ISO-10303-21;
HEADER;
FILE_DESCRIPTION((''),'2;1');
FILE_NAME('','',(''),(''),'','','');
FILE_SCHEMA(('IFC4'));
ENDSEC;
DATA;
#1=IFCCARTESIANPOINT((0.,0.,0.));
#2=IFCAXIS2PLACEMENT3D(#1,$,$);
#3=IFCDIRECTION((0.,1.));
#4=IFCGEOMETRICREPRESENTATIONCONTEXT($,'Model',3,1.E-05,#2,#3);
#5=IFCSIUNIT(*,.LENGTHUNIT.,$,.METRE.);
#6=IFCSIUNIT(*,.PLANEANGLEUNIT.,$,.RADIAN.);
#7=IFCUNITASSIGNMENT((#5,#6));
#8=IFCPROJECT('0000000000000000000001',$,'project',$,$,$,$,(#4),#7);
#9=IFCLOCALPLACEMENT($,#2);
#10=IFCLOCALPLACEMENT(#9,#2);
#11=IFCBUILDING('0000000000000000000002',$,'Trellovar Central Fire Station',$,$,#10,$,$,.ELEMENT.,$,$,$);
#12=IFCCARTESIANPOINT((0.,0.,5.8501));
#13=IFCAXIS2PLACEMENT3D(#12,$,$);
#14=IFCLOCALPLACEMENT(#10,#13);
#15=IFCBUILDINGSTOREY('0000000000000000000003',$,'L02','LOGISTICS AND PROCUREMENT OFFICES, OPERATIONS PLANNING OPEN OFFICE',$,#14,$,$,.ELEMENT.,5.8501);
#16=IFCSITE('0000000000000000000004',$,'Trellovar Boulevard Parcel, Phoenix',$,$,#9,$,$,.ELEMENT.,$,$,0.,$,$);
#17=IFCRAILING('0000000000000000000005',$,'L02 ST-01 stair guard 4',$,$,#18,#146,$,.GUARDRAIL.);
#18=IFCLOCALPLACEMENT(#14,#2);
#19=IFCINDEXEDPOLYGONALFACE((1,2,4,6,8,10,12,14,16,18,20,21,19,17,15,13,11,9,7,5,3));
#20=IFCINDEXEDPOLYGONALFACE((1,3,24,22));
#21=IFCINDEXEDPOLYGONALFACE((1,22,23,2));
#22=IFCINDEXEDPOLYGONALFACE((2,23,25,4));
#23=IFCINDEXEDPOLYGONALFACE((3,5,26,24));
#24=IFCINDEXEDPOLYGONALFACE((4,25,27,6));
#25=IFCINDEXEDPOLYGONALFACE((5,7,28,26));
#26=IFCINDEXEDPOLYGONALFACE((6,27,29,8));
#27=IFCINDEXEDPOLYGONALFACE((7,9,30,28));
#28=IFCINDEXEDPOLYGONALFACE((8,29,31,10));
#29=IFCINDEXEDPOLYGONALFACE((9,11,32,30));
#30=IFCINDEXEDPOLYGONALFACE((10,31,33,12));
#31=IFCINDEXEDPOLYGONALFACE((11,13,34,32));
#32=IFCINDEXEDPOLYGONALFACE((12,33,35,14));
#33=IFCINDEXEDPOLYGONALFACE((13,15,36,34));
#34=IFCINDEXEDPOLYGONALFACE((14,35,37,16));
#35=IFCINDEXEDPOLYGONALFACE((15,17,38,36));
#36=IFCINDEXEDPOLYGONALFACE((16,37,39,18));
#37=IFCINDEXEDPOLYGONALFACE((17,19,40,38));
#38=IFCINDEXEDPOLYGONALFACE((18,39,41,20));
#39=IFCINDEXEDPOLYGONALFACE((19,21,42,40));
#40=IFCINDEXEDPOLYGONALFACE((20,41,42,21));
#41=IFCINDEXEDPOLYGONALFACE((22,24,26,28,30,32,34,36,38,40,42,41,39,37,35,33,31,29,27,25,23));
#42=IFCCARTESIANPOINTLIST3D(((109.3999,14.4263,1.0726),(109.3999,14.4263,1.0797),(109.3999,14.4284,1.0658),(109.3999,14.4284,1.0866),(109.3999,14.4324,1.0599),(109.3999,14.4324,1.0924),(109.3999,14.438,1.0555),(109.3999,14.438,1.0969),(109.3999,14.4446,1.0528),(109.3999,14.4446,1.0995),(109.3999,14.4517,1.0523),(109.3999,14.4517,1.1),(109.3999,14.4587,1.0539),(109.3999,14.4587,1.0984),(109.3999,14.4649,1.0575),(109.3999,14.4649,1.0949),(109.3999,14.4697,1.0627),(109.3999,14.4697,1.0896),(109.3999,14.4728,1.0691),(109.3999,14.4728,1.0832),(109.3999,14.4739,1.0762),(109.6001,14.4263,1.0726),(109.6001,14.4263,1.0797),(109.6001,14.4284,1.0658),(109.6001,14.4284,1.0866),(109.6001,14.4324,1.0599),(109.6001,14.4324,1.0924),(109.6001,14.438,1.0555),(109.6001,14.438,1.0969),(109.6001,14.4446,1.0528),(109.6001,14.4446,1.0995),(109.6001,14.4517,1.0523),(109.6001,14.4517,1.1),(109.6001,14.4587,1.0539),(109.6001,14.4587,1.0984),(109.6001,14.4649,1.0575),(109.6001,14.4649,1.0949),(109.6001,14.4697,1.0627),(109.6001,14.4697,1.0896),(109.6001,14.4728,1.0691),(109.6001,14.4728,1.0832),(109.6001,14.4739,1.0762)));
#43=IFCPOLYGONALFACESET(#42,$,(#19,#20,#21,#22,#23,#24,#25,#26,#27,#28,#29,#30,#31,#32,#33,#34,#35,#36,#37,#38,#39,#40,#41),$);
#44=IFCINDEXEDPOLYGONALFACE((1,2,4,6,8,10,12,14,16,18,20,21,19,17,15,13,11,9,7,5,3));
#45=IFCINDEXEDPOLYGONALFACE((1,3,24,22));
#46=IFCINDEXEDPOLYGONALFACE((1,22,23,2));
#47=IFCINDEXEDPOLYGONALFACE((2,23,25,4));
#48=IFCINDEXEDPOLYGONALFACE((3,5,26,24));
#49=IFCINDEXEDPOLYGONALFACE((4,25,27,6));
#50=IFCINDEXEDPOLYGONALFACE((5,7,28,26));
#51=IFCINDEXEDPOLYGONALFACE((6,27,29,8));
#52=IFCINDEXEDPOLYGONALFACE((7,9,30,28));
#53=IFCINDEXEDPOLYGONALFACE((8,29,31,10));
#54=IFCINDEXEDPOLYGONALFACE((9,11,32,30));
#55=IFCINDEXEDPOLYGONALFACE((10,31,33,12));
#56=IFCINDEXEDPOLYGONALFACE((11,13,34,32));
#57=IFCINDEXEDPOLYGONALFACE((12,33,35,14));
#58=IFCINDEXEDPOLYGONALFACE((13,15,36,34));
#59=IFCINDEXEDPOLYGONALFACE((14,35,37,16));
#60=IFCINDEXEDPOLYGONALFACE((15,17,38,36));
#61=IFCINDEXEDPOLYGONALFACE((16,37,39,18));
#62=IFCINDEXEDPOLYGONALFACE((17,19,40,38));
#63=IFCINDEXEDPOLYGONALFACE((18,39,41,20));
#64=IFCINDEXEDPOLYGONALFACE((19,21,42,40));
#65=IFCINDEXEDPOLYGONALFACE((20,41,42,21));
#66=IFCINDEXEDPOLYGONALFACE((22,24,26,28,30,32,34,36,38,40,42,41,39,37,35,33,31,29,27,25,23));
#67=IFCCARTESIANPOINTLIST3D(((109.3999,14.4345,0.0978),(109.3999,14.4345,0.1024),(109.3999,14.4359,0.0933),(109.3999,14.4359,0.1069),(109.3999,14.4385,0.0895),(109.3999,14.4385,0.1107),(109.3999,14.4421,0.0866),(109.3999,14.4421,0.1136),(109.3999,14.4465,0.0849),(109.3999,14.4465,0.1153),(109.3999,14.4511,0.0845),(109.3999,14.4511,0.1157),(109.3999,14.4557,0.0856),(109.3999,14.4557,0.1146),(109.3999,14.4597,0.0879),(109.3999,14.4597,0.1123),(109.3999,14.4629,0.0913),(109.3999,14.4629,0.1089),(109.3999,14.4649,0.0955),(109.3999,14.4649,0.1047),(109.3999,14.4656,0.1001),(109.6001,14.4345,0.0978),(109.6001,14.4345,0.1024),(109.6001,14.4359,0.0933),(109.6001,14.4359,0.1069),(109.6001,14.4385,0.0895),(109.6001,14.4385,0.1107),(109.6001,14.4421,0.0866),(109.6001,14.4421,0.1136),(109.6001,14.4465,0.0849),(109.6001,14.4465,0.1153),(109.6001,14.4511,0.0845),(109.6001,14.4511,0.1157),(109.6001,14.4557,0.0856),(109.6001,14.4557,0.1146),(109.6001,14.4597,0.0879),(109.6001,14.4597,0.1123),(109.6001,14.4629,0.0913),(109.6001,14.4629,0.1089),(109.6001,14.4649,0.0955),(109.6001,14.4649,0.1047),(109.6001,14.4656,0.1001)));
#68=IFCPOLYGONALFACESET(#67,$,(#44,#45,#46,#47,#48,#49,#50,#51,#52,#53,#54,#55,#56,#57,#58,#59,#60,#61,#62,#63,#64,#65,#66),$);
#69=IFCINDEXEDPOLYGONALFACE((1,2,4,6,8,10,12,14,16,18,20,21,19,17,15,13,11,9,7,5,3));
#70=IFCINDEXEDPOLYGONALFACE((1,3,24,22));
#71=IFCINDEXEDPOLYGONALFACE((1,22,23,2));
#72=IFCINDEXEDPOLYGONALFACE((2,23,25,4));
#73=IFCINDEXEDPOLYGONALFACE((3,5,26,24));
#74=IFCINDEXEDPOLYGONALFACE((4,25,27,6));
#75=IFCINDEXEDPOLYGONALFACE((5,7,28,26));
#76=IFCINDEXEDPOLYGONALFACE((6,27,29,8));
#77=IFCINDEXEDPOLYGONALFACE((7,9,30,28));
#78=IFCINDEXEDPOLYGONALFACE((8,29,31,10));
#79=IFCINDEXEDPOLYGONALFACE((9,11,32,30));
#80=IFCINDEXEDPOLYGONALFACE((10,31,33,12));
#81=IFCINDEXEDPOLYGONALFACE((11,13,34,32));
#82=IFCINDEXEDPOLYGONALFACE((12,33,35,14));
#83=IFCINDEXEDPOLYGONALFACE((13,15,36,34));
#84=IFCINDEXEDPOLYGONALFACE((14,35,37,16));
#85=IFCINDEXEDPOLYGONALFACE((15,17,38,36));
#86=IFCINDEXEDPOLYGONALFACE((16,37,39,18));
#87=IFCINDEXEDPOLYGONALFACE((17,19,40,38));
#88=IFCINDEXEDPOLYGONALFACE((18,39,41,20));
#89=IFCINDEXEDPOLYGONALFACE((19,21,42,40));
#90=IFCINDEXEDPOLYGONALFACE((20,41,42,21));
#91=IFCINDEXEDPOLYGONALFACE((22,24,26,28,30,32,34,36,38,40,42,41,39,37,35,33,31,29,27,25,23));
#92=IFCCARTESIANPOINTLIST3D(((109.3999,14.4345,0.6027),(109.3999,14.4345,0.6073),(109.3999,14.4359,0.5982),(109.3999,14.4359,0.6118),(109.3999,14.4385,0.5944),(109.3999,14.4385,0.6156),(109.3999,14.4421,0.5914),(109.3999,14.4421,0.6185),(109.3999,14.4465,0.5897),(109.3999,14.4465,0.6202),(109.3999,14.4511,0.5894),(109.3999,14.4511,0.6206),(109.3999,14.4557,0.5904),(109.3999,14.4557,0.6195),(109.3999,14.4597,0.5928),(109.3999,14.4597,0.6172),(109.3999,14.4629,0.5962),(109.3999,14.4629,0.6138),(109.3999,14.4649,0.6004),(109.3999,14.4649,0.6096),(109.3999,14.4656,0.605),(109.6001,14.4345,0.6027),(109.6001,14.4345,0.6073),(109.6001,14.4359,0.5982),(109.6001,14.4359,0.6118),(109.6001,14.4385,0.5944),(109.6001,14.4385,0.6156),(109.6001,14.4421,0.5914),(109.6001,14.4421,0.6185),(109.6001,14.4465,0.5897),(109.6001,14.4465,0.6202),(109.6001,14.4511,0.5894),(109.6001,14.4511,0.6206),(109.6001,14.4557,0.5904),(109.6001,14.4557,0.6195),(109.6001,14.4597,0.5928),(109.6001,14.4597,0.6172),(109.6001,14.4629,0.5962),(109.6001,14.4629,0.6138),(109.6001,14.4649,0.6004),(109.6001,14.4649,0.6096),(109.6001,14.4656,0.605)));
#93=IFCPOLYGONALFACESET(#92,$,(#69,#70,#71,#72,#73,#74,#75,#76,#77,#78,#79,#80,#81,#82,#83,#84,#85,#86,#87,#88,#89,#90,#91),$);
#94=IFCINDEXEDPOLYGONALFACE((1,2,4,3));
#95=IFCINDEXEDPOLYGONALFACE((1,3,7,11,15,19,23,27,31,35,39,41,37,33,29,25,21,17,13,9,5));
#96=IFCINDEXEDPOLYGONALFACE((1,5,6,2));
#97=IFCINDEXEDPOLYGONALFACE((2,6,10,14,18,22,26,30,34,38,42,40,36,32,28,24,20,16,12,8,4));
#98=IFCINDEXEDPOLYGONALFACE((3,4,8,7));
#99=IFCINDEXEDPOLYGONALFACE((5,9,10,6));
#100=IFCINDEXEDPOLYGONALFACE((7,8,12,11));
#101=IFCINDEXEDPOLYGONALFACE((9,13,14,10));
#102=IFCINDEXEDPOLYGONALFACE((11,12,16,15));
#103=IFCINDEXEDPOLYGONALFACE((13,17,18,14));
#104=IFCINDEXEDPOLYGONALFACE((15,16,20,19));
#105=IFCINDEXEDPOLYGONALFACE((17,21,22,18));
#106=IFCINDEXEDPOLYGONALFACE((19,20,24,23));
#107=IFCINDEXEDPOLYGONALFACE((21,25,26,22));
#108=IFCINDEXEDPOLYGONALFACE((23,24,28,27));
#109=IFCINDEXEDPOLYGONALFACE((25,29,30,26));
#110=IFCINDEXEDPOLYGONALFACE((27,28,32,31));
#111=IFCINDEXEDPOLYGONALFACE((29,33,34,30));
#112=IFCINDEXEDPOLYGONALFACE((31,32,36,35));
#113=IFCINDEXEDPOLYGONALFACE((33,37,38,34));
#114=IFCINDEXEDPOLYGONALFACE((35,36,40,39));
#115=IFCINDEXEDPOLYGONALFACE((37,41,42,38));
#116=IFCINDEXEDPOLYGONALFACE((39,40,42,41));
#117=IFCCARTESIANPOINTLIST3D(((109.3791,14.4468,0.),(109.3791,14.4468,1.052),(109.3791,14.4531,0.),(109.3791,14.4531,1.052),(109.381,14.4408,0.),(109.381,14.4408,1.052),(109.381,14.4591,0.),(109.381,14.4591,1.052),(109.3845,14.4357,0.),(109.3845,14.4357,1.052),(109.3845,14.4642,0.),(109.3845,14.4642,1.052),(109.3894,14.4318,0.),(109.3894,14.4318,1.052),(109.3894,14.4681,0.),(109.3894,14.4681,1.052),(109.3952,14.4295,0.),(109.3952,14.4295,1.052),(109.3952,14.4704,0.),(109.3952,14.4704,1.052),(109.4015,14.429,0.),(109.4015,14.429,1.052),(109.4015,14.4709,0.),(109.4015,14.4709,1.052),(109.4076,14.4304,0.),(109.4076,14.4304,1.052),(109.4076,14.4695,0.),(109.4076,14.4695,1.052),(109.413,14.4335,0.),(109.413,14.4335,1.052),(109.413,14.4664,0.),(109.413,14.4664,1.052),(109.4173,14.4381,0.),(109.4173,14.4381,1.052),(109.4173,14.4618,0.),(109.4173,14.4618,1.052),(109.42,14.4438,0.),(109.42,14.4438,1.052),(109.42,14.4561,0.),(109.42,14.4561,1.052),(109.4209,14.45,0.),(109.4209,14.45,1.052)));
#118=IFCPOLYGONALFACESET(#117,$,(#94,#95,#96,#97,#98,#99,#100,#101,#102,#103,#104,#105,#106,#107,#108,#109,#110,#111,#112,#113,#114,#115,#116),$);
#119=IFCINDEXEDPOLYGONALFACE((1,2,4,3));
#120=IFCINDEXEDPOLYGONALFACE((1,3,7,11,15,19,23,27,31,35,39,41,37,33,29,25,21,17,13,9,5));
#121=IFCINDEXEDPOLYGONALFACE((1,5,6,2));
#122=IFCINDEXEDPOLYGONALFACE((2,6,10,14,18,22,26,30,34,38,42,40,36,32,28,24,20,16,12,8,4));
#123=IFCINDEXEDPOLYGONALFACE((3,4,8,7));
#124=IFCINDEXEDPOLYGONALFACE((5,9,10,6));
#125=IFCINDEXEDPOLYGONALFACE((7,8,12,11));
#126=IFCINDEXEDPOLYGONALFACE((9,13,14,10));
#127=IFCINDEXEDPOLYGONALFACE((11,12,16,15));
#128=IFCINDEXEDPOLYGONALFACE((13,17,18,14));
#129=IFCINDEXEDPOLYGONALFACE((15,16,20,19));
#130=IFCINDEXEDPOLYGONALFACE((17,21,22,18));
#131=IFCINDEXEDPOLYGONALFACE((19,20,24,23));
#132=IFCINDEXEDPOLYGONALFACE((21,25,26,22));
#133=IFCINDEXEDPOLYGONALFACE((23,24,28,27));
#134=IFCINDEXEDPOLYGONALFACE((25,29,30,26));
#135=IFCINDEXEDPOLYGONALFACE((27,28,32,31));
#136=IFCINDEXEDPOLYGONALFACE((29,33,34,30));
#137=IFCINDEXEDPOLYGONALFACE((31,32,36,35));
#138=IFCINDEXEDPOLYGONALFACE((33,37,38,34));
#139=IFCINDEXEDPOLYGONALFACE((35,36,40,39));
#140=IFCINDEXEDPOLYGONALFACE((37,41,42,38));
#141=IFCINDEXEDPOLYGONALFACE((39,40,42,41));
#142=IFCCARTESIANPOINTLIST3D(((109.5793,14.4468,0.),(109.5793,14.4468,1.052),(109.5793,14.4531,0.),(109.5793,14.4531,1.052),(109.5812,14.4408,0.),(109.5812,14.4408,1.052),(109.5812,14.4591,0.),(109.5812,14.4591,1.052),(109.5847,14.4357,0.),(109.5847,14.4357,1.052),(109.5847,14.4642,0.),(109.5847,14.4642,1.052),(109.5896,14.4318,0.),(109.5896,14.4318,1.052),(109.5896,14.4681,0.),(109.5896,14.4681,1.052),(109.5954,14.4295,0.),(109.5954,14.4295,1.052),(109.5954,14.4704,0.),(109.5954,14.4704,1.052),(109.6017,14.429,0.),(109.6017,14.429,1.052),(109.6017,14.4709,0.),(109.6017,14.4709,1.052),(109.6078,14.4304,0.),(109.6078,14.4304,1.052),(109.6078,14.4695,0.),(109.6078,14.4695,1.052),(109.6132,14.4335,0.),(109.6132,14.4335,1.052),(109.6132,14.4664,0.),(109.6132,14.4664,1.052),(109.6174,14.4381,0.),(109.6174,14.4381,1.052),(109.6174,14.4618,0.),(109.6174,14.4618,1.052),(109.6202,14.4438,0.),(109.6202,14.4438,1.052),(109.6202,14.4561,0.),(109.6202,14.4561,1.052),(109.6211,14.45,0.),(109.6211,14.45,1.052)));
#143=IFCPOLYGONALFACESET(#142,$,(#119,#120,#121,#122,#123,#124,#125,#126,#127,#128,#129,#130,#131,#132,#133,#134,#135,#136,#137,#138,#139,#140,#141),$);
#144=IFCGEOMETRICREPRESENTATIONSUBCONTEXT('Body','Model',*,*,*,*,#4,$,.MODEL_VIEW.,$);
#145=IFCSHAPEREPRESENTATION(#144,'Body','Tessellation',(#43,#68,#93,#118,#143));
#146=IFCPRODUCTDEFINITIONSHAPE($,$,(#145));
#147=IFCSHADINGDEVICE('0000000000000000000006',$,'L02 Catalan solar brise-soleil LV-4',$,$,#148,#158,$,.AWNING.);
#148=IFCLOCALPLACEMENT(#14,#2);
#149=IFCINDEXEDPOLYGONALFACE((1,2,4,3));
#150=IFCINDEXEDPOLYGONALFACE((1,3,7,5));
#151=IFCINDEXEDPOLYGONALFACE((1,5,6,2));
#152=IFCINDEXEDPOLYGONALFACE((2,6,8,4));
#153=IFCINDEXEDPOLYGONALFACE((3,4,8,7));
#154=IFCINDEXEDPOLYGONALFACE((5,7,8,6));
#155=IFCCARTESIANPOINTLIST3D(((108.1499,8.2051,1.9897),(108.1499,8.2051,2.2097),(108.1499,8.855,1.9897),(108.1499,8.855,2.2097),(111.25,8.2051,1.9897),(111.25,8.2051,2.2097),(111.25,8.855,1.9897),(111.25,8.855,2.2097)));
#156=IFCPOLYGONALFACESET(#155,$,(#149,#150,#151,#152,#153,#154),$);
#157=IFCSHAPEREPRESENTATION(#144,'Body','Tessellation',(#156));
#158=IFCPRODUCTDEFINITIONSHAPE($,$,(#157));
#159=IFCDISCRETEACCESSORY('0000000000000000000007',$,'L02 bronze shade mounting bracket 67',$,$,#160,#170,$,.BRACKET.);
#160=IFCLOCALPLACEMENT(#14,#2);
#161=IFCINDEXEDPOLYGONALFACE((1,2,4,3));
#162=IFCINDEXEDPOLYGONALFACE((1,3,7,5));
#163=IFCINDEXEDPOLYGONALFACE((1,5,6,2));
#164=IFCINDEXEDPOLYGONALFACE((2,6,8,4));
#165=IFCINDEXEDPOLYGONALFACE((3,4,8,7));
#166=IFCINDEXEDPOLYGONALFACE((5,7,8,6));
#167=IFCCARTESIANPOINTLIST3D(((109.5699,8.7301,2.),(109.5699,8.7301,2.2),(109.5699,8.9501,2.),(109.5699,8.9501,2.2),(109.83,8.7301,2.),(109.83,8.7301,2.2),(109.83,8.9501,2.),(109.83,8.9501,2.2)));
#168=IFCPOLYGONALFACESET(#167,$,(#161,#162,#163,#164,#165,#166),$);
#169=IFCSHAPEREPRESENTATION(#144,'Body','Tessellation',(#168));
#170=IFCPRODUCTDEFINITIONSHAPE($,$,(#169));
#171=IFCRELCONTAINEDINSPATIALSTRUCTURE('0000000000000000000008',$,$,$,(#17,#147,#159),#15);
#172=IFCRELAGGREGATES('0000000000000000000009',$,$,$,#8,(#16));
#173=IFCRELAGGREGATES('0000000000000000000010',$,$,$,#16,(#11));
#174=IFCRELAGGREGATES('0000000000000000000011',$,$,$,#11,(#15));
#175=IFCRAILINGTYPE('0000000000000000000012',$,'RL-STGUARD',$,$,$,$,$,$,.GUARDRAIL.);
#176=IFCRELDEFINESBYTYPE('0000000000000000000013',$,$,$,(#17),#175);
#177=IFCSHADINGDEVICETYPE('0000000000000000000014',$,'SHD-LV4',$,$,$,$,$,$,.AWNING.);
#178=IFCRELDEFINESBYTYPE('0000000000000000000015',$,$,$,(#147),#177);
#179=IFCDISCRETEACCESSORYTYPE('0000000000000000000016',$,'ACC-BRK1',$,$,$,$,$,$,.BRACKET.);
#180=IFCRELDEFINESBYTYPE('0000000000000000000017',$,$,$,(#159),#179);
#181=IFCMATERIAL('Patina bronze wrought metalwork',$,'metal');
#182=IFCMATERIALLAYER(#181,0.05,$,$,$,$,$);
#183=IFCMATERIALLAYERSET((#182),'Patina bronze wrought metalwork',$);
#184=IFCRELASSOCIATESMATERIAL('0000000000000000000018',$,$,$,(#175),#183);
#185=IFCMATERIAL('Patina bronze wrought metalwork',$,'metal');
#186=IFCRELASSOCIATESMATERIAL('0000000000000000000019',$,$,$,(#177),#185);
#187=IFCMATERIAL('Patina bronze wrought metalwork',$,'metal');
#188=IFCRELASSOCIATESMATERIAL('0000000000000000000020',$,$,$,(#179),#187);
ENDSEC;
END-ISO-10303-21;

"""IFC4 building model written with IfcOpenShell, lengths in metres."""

from ifc_helpers import new_model, si_unit, direction, frame, origin, origin_2d, place, context, subcontext, project, spatial, rectangle, circle, extrude, material, layer, layer_set, type_object, element, save


model = new_model("IFC4")

# Units and contexts
model_context = context("Model", 3, precision=1e-05, world=origin(), true_north=direction((0.0, 1.0)))
body_context = subcontext(model_context, "Body", "Model", "MODEL_VIEW")
ifc_project = project(units=[si_unit("LENGTHUNIT", "METRE"), si_unit("PLANEANGLEUNIT", "RADIAN")], contexts=[model_context])

# Site, building, storey
site_placement = place(None, origin())
site = spatial("IfcSite", under=ifc_project, at=site_placement, Name="Trellovar Boulevard Parcel, Phoenix", CompositionType="ELEMENT", RefElevation=0.0)
building_placement = place(site_placement, origin())
building = spatial("IfcBuilding", under=site, at=building_placement, Name="Trellovar Central Fire Station", CompositionType="ELEMENT")
storey_placement = place(building_placement, frame((0.0, 0.0, 5.8501)))
storey = spatial("IfcBuildingStorey", under=building, at=storey_placement, Name="L02", Description="LOGISTICS AND PROCUREMENT OFFICES, OPERATIONS PLANNING OPEN OFFICE", CompositionType="ELEMENT", Elevation=5.8501)

# Railing
ifc_material_1 = material(Name="Patina bronze wrought metalwork", Category="metal")
ifc_layer_1 = layer(ifc_material_1, 0.05)
ifc_layer_set_1 = layer_set([ifc_layer_1], Name="Patina bronze wrought metalwork")
railing_type_1 = type_object("IfcRailingType", Name="RL-STGUARD", PredefinedType="GUARDRAIL", material=ifc_layer_set_1)
railing_1_placement = place(storey_placement, frame((109.3999, 14.45, 0.0)))
element("IfcRailing", 1, at=railing_1_placement, inside=storey, type_object=railing_type_1, Name="L02 ST-01 stair guard 4", PredefinedType="GUARDRAIL", context=body_context, shape_type="SweptSolid", body=[
    extrude(circle(Radius=0.0239, at=origin_2d()), frame((0.0, 0.0, 1.0762), z_axis=(1.0, 0.0, 0.0), x_axis=(0.0, 1.0, 0.0)), (0.0, 0.0, 1.0), 0.2002),
    extrude(circle(Radius=0.0156, at=origin_2d()), frame((0.0, 0.0, 0.1001), z_axis=(1.0, 0.0, 0.0), x_axis=(0.0, 1.0, 0.0)), (0.0, 0.0, 1.0), 0.2002),
    extrude(circle(Radius=0.0156, at=origin_2d()), frame((0.0, 0.0, 0.605), z_axis=(1.0, 0.0, 0.0), x_axis=(0.0, 1.0, 0.0)), (0.0, 0.0, 1.0), 0.2002),
    extrude(circle(Radius=0.021, at=origin_2d()), origin(), (0.0, 0.0, 1.0), 1.052),
    extrude(circle(Radius=0.021, at=origin_2d()), frame((0.2002, 0.0, 0.0)), (0.0, 0.0, 1.0), 1.052),
])

# Shading device
ifc_material_2 = material(Name="Patina bronze wrought metalwork", Category="metal")
shading_device_type = type_object("IfcShadingDeviceType", Name="SHD-LV4", PredefinedType="AWNING", material=ifc_material_2)
shading_device_placement = place(storey_placement, frame((109.7, 8.53, 1.9897), z_axis=(0.0, 0.0, 1.0), x_axis=(1.0, 0.0, 0.0)))
element("IfcShadingDevice", 2, at=shading_device_placement, inside=storey, type_object=shading_device_type, Name="L02 Catalan solar brise-soleil LV-4", PredefinedType="AWNING", context=body_context, shape_type="SweptSolid", body=[
    extrude(rectangle(XDim=3.1001, YDim=0.6499, at=origin_2d()), origin(), (0.0, 0.0, 1.0), 0.22),
])

# Discrete accessory
ifc_material_3 = material(Name="Patina bronze wrought metalwork", Category="metal")
discrete_accessory_type = type_object("IfcDiscreteAccessoryType", Name="ACC-BRK1", PredefinedType="BRACKET", material=ifc_material_3)
discrete_accessory_placement = place(storey_placement, frame((109.7, 8.8401, 2.0), z_axis=(0.0, 0.0, 1.0), x_axis=(1.0, 0.0, 0.0)))
element("IfcDiscreteAccessory", 3, at=discrete_accessory_placement, inside=storey, type_object=discrete_accessory_type, Name="L02 bronze shade mounting bracket 67", PredefinedType="BRACKET", context=body_context, shape_type="SweptSolid", body=[
    extrude(rectangle(XDim=0.26, YDim=0.22, at=origin_2d()), origin(), (0.0, 0.0, 1.0), 0.2),
])

save(model, "model.ifc")
